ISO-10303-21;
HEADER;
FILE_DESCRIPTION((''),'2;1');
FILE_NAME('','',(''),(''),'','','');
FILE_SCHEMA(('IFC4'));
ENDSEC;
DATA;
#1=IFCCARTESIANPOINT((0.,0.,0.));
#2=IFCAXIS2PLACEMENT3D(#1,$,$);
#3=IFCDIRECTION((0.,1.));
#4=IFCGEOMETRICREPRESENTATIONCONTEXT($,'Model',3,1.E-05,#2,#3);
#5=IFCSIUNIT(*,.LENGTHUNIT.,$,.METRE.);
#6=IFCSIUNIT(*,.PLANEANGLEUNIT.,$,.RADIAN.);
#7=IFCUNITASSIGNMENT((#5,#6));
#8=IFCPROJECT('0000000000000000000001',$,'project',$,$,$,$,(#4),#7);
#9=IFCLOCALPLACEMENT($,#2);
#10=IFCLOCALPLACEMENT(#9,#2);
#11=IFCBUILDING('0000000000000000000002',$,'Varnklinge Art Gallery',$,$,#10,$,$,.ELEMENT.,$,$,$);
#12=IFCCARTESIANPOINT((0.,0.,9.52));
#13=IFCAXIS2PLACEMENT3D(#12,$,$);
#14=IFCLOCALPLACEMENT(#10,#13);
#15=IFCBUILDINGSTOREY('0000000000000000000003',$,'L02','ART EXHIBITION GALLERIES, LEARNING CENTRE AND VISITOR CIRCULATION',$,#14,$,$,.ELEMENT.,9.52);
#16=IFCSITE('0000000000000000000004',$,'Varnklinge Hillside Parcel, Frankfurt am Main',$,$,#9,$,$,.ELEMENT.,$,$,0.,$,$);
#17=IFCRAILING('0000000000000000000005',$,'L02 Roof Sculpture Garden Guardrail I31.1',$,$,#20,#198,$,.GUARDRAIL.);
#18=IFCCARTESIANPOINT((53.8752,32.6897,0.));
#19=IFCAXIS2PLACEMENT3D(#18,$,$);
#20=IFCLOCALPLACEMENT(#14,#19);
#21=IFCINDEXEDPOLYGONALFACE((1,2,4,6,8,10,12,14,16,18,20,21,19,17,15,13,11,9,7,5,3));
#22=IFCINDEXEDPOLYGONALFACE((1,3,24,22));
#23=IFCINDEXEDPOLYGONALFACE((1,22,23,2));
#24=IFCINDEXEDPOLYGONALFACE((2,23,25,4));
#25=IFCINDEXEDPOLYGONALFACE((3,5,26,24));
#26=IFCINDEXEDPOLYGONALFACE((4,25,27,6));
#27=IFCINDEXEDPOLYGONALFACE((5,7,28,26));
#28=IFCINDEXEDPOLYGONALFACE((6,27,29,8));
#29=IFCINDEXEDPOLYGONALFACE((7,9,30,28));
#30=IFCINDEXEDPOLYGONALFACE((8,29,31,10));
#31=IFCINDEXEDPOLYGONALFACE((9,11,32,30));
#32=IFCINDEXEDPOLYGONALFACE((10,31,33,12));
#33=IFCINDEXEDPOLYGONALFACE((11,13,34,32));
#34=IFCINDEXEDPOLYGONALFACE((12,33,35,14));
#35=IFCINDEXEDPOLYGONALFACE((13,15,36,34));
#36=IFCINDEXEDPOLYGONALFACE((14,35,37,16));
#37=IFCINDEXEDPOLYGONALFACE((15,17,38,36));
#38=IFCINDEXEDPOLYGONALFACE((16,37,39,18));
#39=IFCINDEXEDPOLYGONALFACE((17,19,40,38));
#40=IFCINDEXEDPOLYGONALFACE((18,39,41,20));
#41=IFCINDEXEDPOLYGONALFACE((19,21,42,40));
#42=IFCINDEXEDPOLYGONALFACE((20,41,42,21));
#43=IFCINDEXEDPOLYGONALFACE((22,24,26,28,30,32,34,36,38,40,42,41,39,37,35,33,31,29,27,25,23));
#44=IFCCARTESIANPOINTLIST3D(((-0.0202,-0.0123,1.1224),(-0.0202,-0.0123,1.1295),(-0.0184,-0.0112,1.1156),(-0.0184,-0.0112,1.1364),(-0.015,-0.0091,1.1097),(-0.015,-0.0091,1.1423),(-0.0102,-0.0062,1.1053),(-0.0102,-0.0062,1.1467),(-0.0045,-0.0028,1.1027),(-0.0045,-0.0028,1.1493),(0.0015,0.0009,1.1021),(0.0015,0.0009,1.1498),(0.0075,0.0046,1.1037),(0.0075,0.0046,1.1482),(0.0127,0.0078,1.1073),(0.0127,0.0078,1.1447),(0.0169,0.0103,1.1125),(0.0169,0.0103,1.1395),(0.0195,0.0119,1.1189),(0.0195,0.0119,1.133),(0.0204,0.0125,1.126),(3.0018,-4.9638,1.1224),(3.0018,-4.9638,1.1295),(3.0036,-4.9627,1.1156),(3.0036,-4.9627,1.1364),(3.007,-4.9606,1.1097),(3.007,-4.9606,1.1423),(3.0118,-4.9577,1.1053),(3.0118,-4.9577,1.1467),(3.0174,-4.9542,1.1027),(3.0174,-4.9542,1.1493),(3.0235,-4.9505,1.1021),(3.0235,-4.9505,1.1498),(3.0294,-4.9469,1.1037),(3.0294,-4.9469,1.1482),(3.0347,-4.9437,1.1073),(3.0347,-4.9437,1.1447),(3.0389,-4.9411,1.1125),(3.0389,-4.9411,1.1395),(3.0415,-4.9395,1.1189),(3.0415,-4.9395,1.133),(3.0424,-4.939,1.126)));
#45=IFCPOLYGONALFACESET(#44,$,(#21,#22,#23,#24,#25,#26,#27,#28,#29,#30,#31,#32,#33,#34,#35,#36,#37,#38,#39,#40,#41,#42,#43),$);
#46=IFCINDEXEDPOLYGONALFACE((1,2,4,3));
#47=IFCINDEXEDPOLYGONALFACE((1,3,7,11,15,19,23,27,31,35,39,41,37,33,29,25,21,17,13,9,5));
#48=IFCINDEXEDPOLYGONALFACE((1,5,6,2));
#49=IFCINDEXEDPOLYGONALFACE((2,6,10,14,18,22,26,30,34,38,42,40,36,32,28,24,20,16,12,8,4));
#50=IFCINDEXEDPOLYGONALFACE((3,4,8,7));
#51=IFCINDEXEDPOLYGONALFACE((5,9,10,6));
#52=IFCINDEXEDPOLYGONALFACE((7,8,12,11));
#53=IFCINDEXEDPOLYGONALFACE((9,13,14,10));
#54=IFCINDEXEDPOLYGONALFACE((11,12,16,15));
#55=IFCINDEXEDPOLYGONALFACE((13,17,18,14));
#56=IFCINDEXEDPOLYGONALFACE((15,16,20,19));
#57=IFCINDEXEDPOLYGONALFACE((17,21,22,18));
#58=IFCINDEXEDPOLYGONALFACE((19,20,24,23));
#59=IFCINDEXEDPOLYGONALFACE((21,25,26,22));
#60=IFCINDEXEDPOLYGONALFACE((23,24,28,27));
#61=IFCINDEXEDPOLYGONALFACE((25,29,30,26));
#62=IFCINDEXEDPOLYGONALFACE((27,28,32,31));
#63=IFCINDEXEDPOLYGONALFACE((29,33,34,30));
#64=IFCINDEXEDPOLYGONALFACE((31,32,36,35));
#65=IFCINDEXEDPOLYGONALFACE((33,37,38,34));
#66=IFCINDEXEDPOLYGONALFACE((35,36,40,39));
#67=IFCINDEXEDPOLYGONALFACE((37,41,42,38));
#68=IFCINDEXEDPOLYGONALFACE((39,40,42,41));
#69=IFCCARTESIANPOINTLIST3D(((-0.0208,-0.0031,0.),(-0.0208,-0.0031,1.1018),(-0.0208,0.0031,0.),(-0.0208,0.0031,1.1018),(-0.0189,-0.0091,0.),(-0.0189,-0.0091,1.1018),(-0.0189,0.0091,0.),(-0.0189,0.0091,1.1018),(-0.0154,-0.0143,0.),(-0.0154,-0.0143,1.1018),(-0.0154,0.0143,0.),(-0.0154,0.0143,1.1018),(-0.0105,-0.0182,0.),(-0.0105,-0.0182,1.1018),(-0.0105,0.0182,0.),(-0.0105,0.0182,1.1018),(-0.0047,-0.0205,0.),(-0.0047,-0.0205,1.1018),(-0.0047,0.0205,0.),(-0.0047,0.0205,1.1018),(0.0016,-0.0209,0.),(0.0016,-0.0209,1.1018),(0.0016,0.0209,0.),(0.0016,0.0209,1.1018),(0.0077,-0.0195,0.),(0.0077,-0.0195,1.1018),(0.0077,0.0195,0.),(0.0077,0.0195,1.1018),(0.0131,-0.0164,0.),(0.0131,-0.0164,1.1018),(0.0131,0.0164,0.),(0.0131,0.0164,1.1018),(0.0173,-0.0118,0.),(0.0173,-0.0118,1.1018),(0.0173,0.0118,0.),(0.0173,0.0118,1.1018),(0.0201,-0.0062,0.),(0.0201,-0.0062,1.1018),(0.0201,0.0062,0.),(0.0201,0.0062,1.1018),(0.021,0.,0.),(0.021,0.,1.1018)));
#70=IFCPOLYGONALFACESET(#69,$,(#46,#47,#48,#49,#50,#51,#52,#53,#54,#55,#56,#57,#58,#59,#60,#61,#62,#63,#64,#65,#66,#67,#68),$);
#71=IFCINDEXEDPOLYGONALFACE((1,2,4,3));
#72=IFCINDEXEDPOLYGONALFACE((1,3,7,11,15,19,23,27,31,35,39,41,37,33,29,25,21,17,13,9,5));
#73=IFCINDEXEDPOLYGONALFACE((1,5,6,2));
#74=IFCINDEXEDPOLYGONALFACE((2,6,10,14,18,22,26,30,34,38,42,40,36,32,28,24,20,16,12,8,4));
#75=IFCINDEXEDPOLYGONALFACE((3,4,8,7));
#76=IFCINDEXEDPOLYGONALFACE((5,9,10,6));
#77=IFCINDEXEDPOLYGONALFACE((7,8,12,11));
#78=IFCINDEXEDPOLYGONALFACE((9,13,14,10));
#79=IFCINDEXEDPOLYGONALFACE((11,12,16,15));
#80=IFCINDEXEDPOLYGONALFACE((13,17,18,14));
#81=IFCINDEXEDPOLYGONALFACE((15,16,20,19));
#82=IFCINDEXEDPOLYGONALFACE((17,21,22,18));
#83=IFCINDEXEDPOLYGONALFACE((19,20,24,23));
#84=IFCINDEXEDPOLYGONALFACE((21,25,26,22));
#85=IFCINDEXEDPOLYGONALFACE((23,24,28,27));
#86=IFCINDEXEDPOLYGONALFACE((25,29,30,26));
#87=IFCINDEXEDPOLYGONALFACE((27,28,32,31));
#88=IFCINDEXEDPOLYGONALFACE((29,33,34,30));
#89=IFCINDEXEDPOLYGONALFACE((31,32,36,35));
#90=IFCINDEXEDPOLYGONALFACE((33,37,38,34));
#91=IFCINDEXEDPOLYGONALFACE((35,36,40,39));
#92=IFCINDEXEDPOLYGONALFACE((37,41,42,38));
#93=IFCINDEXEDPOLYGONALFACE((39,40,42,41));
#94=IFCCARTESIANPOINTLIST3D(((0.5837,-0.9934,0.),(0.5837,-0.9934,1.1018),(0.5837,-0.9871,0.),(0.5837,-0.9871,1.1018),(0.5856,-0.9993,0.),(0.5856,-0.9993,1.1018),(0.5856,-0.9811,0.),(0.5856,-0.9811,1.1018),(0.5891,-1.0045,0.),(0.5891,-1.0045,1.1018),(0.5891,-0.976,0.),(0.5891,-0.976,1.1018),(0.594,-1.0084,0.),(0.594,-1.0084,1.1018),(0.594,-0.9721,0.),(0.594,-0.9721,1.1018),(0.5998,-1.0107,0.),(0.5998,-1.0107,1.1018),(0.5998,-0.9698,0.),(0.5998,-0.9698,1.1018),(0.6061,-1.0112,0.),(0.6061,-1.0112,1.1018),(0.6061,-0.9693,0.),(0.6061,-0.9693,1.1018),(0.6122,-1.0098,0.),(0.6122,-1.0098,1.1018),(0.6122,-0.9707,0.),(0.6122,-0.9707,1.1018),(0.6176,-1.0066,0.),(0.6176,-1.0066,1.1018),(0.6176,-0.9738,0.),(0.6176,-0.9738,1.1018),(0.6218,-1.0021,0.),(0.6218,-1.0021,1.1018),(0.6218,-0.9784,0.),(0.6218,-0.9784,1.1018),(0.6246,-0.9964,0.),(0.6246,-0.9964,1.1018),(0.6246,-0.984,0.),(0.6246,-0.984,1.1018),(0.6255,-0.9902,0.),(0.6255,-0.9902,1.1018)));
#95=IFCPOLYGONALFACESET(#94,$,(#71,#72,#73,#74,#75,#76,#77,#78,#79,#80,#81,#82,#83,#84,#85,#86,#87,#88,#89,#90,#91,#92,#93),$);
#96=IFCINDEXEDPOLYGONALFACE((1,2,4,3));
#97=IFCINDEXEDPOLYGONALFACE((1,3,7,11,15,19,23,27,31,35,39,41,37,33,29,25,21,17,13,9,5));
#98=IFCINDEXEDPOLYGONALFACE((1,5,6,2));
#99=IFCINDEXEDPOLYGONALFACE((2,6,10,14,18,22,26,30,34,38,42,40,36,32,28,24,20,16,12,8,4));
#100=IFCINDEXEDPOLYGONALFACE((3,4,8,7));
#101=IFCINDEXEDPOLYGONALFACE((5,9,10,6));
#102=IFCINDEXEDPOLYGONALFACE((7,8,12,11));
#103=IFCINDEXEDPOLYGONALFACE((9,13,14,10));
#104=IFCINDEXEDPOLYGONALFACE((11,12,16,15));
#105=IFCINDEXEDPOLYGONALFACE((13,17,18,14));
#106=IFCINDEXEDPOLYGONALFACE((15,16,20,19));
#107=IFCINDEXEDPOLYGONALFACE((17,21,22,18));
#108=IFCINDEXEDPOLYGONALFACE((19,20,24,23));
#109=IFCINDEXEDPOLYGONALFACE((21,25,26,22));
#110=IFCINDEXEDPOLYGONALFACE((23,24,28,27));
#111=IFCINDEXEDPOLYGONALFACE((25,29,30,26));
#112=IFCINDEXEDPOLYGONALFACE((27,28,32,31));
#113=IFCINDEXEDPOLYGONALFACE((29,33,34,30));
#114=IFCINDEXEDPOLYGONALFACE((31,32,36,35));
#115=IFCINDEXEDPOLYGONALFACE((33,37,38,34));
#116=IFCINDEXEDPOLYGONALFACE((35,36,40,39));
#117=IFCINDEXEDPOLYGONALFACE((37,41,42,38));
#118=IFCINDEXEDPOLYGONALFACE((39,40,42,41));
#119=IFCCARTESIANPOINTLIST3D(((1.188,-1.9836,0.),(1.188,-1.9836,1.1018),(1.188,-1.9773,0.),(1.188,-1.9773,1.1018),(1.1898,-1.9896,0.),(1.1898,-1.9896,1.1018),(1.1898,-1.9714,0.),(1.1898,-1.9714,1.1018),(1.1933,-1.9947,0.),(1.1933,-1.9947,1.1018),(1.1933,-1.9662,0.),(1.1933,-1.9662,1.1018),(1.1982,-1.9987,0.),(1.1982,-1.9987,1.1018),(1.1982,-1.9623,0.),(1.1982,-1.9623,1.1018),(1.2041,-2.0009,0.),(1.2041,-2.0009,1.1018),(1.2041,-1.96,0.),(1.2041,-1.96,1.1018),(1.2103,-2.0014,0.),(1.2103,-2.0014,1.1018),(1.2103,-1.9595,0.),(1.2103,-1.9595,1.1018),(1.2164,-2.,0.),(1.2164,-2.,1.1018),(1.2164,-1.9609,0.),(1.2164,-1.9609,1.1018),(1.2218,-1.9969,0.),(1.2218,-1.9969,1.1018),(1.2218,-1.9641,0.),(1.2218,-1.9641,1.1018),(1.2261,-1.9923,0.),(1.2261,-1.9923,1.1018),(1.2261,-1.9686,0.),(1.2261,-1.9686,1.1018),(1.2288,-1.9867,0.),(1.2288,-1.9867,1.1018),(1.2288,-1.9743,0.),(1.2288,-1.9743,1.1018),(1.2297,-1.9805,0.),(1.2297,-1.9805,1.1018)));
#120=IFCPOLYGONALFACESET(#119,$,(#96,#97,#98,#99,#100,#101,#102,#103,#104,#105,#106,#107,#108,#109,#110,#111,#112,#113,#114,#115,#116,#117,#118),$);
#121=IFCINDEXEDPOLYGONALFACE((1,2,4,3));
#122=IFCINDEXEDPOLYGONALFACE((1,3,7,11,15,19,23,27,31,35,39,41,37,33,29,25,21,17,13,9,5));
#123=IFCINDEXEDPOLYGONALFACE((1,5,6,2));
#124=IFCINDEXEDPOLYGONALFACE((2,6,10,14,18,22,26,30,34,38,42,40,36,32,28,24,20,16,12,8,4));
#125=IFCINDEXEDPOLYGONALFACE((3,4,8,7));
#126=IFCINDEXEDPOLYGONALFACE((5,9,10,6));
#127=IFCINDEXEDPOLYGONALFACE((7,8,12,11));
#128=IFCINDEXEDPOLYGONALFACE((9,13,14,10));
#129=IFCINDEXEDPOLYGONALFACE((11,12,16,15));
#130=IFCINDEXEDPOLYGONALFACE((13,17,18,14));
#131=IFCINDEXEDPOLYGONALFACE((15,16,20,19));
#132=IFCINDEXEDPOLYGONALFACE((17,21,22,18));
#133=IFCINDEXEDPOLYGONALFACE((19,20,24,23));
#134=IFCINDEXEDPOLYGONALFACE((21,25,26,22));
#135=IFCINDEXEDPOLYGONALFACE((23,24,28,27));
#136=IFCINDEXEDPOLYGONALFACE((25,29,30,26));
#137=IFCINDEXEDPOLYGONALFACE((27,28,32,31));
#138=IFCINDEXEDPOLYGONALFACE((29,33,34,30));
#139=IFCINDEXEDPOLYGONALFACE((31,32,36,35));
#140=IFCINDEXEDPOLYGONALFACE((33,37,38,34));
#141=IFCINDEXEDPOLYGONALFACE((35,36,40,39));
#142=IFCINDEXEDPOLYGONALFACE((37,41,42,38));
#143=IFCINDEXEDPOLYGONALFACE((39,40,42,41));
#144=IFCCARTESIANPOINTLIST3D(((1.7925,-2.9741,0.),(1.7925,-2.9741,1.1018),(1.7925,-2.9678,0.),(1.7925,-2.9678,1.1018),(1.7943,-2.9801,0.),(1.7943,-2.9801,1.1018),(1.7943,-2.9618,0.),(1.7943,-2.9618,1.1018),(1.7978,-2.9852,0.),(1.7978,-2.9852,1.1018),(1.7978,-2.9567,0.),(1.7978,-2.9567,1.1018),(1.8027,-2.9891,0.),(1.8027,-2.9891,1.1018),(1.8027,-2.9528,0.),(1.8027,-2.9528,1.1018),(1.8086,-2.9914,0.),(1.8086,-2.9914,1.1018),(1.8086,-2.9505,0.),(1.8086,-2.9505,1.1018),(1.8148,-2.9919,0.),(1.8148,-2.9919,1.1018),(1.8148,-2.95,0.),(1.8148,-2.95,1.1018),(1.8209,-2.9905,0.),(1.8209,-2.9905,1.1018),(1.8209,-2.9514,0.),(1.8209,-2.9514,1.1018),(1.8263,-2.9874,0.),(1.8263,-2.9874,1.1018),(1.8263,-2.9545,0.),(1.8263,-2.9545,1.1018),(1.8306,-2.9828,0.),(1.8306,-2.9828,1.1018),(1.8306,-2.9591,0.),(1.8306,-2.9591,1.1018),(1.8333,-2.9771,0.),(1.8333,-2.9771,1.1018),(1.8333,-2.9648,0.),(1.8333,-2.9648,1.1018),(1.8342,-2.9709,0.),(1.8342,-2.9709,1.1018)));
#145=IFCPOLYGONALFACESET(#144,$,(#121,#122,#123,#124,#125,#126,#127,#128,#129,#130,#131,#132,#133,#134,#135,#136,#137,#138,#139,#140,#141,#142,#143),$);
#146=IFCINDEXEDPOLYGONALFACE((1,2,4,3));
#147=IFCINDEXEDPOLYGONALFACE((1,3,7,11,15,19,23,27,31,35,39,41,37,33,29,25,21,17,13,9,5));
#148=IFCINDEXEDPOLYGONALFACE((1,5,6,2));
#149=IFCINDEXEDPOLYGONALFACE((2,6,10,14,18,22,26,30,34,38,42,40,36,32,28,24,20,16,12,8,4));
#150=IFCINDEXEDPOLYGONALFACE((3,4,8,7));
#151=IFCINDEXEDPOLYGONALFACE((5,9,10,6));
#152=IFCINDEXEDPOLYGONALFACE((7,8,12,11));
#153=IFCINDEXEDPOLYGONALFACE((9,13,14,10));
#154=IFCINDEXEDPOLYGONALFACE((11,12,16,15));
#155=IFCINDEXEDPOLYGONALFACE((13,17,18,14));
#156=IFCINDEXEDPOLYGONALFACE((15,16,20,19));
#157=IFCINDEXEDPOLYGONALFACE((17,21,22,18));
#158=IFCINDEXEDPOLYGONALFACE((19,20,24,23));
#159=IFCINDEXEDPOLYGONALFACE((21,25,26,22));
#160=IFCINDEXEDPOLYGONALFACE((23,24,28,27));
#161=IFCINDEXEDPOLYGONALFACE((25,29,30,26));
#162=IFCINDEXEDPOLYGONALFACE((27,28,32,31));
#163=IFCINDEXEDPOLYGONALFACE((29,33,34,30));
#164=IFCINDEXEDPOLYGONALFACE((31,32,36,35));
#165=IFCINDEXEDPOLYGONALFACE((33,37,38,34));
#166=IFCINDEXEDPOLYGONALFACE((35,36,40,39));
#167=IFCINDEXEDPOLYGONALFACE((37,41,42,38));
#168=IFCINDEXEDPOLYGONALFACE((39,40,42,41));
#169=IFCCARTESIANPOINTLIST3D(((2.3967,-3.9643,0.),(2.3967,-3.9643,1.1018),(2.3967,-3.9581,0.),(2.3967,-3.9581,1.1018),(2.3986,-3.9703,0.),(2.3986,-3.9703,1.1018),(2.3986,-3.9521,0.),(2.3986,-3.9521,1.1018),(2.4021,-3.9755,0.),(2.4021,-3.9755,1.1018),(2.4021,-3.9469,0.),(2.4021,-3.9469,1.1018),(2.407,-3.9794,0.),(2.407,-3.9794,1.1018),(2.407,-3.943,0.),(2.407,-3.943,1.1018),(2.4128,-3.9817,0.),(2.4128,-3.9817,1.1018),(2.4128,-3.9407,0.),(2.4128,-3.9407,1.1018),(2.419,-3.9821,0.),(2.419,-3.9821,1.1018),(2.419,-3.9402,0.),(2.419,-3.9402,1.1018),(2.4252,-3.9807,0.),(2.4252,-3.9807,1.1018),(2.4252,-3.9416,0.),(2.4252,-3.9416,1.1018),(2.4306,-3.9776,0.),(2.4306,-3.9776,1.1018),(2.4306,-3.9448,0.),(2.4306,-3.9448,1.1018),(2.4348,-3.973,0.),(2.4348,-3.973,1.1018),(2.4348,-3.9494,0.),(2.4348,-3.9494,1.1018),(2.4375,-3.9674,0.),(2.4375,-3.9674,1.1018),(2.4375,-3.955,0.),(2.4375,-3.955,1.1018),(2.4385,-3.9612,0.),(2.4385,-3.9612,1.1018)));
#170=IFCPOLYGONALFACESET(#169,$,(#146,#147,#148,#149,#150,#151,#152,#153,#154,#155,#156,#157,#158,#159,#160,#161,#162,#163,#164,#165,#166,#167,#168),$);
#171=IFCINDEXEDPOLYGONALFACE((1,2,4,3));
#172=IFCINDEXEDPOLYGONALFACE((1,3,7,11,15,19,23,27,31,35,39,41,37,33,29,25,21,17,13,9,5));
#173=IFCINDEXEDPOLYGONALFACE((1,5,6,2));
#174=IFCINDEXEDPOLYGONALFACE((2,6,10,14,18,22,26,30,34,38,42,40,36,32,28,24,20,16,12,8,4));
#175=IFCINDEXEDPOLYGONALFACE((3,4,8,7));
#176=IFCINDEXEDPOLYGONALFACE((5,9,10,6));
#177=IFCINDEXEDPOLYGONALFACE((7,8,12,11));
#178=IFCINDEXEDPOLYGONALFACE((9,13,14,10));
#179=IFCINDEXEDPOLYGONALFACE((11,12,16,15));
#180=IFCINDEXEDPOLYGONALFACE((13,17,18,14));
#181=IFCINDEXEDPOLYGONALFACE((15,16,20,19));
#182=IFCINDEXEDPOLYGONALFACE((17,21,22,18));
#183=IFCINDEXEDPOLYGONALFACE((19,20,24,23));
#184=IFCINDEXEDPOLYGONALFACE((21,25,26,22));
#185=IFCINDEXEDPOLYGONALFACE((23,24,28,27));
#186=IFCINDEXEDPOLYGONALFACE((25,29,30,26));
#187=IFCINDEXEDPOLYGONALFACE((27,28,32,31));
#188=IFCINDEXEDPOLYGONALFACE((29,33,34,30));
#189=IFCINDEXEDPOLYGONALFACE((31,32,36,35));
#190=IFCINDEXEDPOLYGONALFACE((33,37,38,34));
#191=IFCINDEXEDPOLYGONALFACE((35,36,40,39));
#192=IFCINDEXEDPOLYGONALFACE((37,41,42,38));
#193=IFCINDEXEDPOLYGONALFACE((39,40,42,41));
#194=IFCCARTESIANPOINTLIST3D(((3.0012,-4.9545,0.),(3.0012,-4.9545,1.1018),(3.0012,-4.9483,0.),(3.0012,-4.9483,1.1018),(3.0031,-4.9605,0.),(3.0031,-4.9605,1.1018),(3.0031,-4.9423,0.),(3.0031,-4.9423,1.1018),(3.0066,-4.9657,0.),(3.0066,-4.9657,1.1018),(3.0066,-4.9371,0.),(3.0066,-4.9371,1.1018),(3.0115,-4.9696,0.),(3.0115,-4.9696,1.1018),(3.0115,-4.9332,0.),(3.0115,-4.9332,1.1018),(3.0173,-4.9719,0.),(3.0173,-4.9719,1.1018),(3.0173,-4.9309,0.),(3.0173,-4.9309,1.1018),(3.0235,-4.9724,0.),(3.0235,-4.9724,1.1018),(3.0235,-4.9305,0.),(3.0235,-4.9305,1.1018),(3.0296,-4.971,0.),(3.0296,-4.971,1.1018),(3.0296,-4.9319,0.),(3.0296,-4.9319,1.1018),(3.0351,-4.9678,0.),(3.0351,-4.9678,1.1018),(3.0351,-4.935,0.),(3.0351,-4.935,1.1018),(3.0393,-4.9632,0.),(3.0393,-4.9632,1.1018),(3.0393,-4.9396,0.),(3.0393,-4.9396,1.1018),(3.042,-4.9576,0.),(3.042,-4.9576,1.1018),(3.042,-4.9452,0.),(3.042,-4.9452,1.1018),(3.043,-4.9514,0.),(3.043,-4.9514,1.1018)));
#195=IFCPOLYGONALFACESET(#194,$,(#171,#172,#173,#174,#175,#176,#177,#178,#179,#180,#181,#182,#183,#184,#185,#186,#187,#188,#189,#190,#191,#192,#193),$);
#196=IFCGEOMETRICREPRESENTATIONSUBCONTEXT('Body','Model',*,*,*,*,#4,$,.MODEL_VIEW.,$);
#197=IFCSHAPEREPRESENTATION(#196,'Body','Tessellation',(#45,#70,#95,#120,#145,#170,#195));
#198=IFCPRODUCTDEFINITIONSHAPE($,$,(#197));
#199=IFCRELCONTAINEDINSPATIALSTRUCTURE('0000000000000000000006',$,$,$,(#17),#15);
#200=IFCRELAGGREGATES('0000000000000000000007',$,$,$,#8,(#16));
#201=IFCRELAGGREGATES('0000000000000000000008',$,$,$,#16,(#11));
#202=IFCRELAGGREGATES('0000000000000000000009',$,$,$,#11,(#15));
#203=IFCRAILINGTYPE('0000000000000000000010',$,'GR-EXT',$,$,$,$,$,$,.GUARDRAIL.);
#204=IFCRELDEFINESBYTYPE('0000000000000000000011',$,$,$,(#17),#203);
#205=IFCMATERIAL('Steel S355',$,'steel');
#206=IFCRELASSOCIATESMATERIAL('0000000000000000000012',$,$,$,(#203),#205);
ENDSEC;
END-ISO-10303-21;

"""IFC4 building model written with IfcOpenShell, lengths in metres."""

from ifc_helpers import new_model, si_unit, direction, frame, origin, origin_2d, place, context, subcontext, project, spatial, circle, extrude, material, type_object, element, save


model = new_model("IFC4")

# Units and contexts
model_context = context("Model", 3, precision=1e-05, world=origin(), true_north=direction((0.0, 1.0)))
body_context = subcontext(model_context, "Body", "Model", "MODEL_VIEW")
ifc_project = project(units=[si_unit("LENGTHUNIT", "METRE"), si_unit("PLANEANGLEUNIT", "RADIAN")], contexts=[model_context])

# Site, building, storey
site_placement = place(None, origin())
site = spatial("IfcSite", under=ifc_project, at=site_placement, Name="Varnklinge Hillside Parcel, Frankfurt am Main", CompositionType="ELEMENT", RefElevation=0.0)
building_placement = place(site_placement, origin())
building = spatial("IfcBuilding", under=site, at=building_placement, Name="Varnklinge Art Gallery", CompositionType="ELEMENT")
storey_placement = place(building_placement, frame((0.0, 0.0, 9.52)))
storey = spatial("IfcBuildingStorey", under=building, at=storey_placement, Name="L02", Description="ART EXHIBITION GALLERIES, LEARNING CENTRE AND VISITOR CIRCULATION", CompositionType="ELEMENT", Elevation=9.52)

# Railing
ifc_material_1 = material(Name="Steel S355", Category="steel")
railing_type = type_object("IfcRailingType", Name="GR-EXT", PredefinedType="GUARDRAIL", material=ifc_material_1)
railing_1_placement = place(storey_placement, frame((53.8752, 32.6897, 0.0)))
element("IfcRailing", 1, at=railing_1_placement, inside=storey, type_object=railing_type, Name="L02 Roof Sculpture Garden Guardrail I31.1", PredefinedType="GUARDRAIL", context=body_context, shape_type="SweptSolid", body=[
    extrude(circle(Radius=0.0239, at=origin_2d()), frame((0.0, 0.0, 1.126), z_axis=(0.520961, -0.85358, 0.0), x_axis=(0.85358, 0.520961, 0.0)), (0.0, 0.0, 1.0), 5.8008),
    extrude(circle(Radius=0.021, at=origin_2d()), origin(), (0.0, 0.0, 1.0), 1.1018),
    extrude(circle(Radius=0.021, at=origin_2d()), frame((0.6045, -0.9902, 0.0)), (0.0, 0.0, 1.0), 1.1018),
    extrude(circle(Radius=0.021, at=origin_2d()), frame((1.2087, -1.9805, 0.0)), (0.0, 0.0, 1.0), 1.1018),
    extrude(circle(Radius=0.021, at=origin_2d()), frame((1.8132, -2.9709, 0.0)), (0.0, 0.0, 1.0), 1.1018),
    extrude(circle(Radius=0.021, at=origin_2d()), frame((2.4175, -3.9612, 0.0)), (0.0, 0.0, 1.0), 1.1018),
    extrude(circle(Radius=0.021, at=origin_2d()), frame((3.022, -4.9514, 0.0)), (0.0, 0.0, 1.0), 1.1018),
])

save(model, "model.ifc")
